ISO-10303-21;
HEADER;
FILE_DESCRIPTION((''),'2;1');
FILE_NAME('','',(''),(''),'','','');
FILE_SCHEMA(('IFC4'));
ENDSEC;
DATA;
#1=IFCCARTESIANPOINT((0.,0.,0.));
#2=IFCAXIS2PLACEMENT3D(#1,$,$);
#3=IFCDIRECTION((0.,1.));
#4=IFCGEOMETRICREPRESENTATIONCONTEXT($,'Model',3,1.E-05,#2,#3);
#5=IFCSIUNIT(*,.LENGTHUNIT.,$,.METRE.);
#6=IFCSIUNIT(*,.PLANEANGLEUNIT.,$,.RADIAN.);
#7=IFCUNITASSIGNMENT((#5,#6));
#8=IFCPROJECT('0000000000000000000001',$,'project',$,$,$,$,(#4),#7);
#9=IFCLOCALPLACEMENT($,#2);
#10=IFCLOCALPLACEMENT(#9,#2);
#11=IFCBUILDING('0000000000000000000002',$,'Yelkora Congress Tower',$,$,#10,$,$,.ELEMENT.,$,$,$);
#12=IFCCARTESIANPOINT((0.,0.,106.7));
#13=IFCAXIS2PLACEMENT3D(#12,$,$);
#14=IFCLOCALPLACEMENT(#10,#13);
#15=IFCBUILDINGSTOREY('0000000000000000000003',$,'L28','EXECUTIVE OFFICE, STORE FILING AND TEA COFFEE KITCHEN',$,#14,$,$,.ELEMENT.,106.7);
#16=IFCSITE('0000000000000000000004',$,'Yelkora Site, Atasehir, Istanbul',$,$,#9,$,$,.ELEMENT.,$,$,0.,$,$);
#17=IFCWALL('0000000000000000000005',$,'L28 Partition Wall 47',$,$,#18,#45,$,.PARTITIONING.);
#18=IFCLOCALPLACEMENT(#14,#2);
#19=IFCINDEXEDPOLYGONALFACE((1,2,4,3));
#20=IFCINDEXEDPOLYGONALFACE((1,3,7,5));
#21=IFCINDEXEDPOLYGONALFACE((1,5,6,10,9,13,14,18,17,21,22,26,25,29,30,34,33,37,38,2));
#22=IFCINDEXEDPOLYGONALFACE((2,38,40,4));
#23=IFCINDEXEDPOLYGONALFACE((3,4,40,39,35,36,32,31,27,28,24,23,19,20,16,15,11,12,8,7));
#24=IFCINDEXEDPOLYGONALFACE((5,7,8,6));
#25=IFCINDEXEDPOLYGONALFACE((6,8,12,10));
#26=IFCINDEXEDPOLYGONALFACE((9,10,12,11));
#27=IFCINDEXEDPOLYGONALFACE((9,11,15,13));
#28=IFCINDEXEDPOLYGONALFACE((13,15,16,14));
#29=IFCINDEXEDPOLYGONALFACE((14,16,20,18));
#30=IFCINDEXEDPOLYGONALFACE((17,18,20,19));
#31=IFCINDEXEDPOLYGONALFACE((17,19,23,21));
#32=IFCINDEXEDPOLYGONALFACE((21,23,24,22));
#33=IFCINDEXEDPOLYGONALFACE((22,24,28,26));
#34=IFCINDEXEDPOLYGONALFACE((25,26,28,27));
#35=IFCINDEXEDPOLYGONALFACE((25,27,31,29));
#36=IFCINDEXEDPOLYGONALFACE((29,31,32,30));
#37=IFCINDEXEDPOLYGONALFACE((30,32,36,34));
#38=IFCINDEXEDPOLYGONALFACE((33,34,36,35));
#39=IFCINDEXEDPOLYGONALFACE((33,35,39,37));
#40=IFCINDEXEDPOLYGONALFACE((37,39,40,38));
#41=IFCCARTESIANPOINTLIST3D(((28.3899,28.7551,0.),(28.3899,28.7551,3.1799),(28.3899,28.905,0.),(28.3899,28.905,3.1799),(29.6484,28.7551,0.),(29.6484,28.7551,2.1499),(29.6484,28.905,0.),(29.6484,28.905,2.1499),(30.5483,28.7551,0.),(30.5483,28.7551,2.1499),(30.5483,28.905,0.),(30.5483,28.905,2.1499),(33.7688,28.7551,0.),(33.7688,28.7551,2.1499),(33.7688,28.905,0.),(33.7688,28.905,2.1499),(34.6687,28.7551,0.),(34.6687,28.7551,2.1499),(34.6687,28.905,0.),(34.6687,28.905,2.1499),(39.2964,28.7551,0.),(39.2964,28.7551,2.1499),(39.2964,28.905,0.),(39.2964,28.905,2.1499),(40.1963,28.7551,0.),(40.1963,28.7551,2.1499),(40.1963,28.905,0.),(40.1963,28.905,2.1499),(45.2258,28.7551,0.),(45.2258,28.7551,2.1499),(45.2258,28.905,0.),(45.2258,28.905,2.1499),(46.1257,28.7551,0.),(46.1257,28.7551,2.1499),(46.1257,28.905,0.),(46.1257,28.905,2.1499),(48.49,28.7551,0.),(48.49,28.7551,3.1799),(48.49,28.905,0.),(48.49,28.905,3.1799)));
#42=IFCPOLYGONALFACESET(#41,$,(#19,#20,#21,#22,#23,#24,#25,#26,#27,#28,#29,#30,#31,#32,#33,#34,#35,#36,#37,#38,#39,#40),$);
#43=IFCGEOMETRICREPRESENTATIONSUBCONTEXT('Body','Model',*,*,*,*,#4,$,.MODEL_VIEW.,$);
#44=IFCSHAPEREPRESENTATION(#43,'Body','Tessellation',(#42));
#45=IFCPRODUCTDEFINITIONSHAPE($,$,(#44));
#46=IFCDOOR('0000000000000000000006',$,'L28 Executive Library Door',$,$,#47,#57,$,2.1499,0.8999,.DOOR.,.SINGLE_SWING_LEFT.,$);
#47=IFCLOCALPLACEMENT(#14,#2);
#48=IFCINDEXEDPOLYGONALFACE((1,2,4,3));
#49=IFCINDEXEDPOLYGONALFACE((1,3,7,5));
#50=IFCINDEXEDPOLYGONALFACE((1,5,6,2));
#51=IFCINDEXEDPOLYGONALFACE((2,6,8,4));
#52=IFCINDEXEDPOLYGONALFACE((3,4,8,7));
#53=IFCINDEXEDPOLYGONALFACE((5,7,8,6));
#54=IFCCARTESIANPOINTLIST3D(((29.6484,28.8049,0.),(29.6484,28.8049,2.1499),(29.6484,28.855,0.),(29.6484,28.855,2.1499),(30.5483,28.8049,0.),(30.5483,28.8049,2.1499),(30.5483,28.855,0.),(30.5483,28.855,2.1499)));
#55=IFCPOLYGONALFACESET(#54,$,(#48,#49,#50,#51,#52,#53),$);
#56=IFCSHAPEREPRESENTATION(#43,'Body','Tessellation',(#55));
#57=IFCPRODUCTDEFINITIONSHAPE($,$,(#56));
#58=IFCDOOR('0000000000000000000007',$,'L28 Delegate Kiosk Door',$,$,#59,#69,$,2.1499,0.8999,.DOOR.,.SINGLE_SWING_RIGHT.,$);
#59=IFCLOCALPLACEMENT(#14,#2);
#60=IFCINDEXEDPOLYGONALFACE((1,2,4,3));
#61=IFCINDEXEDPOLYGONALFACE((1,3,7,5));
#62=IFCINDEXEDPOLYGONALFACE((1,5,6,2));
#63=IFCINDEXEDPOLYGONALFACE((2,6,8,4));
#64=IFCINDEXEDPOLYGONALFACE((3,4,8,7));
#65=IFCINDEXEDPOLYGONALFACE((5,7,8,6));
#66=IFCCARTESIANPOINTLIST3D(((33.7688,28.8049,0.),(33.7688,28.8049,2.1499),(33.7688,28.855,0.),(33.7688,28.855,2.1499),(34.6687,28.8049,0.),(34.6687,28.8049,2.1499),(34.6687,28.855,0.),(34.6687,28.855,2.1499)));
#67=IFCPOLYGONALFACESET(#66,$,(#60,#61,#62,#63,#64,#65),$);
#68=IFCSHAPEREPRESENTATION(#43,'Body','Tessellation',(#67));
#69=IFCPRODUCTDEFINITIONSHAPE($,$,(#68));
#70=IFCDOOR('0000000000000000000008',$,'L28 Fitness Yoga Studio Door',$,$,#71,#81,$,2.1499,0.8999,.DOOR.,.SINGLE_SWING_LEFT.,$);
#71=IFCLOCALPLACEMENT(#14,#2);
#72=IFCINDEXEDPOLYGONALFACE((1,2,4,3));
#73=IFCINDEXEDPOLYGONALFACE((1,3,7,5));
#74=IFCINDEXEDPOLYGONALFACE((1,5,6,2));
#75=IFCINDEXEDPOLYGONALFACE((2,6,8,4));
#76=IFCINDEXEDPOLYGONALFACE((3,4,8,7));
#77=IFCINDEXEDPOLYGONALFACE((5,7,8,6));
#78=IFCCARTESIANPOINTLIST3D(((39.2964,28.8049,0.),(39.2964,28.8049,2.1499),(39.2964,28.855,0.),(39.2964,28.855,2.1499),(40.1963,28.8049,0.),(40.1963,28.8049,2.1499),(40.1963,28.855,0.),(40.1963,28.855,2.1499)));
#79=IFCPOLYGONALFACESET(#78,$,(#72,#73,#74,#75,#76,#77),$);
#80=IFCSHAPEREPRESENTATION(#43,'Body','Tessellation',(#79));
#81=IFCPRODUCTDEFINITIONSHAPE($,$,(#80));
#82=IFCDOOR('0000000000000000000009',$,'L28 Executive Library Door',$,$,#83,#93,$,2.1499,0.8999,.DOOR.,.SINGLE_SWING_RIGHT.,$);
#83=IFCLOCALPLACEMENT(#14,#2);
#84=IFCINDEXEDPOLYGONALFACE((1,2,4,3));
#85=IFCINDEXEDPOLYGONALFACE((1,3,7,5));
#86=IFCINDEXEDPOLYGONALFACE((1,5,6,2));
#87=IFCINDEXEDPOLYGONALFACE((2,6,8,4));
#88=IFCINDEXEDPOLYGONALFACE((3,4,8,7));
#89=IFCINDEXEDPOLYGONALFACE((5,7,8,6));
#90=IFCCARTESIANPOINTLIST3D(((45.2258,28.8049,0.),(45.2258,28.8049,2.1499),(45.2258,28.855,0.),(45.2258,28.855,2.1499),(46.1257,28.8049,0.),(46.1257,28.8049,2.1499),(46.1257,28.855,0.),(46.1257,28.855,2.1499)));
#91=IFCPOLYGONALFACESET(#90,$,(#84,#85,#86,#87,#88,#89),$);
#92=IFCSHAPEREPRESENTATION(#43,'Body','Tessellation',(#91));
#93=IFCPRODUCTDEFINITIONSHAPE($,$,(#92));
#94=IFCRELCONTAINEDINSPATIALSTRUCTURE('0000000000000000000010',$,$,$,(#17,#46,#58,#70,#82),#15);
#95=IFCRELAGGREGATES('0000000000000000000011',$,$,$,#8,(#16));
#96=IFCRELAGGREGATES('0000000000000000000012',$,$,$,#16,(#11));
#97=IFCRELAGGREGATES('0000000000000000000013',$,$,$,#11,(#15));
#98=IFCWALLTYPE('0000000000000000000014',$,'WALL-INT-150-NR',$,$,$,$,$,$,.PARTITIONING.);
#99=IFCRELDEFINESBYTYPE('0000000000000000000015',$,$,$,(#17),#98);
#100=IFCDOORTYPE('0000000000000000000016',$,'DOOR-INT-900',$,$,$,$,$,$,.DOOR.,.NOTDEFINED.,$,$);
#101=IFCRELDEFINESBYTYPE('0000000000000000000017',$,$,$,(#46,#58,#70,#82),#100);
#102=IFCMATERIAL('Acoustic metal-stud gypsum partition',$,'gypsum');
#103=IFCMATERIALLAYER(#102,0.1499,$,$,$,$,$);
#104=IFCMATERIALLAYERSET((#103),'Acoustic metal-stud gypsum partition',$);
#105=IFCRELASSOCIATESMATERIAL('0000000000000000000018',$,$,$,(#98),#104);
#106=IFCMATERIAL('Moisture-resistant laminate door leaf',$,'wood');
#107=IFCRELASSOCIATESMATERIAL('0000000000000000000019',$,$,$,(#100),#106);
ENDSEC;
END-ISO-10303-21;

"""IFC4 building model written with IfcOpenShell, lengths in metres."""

from ifc_helpers import new_model, si_unit, direction, frame, frame_2d, origin, place, context, subcontext, project, spatial, rectangle, extrude, material, layer, layer_set, type_object, element, fill, save


model = new_model("IFC4")

# Units and contexts
model_context = context("Model", 3, precision=1e-05, world=origin(), true_north=direction((0.0, 1.0)))
body_context = subcontext(model_context, "Body", "Model", "MODEL_VIEW")
ifc_project = project(units=[si_unit("LENGTHUNIT", "METRE"), si_unit("PLANEANGLEUNIT", "RADIAN")], contexts=[model_context])

# Site, building, storey
site_placement = place(None, origin())
site = spatial("IfcSite", under=ifc_project, at=site_placement, Name="Yelkora Site, Atasehir, Istanbul", CompositionType="ELEMENT", RefElevation=0.0)
building_placement = place(site_placement, origin())
building = spatial("IfcBuilding", under=site, at=building_placement, Name="Yelkora Congress Tower", CompositionType="ELEMENT")
storey_placement = place(building_placement, frame((0.0, 0.0, 106.7)))
storey = spatial("IfcBuildingStorey", under=building, at=storey_placement, Name="L28", Description="EXECUTIVE OFFICE, STORE FILING AND TEA COFFEE KITCHEN", CompositionType="ELEMENT", Elevation=106.7)

# Shared definitions
ifc_material_1 = material(Name="Acoustic metal-stud gypsum partition", Category="gypsum")
ifc_layer = layer(ifc_material_1, 0.1499)
ifc_layer_set = layer_set([ifc_layer], Name="Acoustic metal-stud gypsum partition")
wall_type = type_object("IfcWallType", Name="WALL-INT-150-NR", PredefinedType="PARTITIONING", material=ifc_layer_set)
ifc_material_2 = material(Name="Moisture-resistant laminate door leaf", Category="wood")
door_type = type_object("IfcDoorType", Name="DOOR-INT-900", OperationType="NOTDEFINED", PredefinedType="DOOR", material=ifc_material_2)

# Wall, openings, doors
wall_1_placement = place(storey_placement, frame((28.3899, 28.8301, 0.0), z_axis=(0.0, 0.0, 1.0), x_axis=(1.0, 0.0, 0.0)))
wall_1 = element("IfcWall", 1, at=wall_1_placement, inside=storey, type_object=wall_type, Name="L28 Partition Wall 47", PredefinedType="PARTITIONING", context=body_context, shape_type="SweptSolid", body=[
    extrude(rectangle(XDim=20.1001, YDim=0.1499, at=frame_2d((10.05, 0.0))), origin(), (0.0, 0.0, 1.0), 3.1799),
])
opening_1_placement = place(wall_1_placement, frame((1.2585, 0.0, 0.0)))
opening_1 = element("IfcOpeningElement", 2, at=opening_1_placement, cuts=wall_1, PredefinedType="OPENING", context=body_context, shape_type="SweptSolid", body=[
    extrude(rectangle(XDim=0.8999, YDim=2.1499, at=frame_2d((0.45, 1.075))), frame((0.0, 0.085, 0.0), z_axis=(0.0, -1.0, 0.0), x_axis=(1.0, 0.0, 0.0)), (0.0, 0.0, 1.0), 0.1699),
])
opening_2_placement = place(wall_1_placement, frame((5.3789, 0.0, 0.0)))
opening_2 = element("IfcOpeningElement", 3, at=opening_2_placement, cuts=wall_1, PredefinedType="OPENING", context=body_context, shape_type="SweptSolid", body=[
    extrude(rectangle(XDim=0.8999, YDim=2.1499, at=frame_2d((0.45, 1.075))), frame((0.0, 0.085, 0.0), z_axis=(0.0, -1.0, 0.0), x_axis=(1.0, 0.0, 0.0)), (0.0, 0.0, 1.0), 0.1699),
])
opening_3_placement = place(wall_1_placement, frame((10.9065, 0.0, 0.0)))
opening_3 = element("IfcOpeningElement", 4, at=opening_3_placement, cuts=wall_1, PredefinedType="OPENING", context=body_context, shape_type="SweptSolid", body=[
    extrude(rectangle(XDim=0.8999, YDim=2.1499, at=frame_2d((0.45, 1.075))), frame((0.0, 0.085, 0.0), z_axis=(0.0, -1.0, 0.0), x_axis=(1.0, 0.0, 0.0)), (0.0, 0.0, 1.0), 0.1699),
])
opening_4_placement = place(wall_1_placement, frame((16.8359, 0.0, 0.0)))
opening_4 = element("IfcOpeningElement", 5, at=opening_4_placement, cuts=wall_1, PredefinedType="OPENING", context=body_context, shape_type="SweptSolid", body=[
    extrude(rectangle(XDim=0.8999, YDim=2.1499, at=frame_2d((0.45, 1.075))), frame((0.0, 0.085, 0.0), z_axis=(0.0, -1.0, 0.0), x_axis=(1.0, 0.0, 0.0)), (0.0, 0.0, 1.0), 0.1699),
])
door_1_placement = place(opening_1_placement, origin())
door_1 = element("IfcDoor", 6, at=door_1_placement, inside=storey, type_object=door_type, Name="L28 Executive Library Door", OperationType="SINGLE_SWING_LEFT", OverallHeight=2.1499, OverallWidth=0.8999, PredefinedType="DOOR", context=body_context, shape_type="SweptSolid", body=[
    extrude(rectangle(XDim=0.8999, YDim=2.1499, at=frame_2d((0.45, 1.075))), frame((0.0, 0.0249, 0.0), z_axis=(0.0, -1.0, 0.0), x_axis=(1.0, 0.0, 0.0)), (0.0, 0.0, 1.0), 0.05),
])
fill(opening_1, door_1)
door_2_placement = place(opening_2_placement, origin())
door_2 = element("IfcDoor", 7, at=door_2_placement, inside=storey, type_object=door_type, Name="L28 Delegate Kiosk Door", OperationType="SINGLE_SWING_RIGHT", OverallHeight=2.1499, OverallWidth=0.8999, PredefinedType="DOOR", context=body_context, shape_type="SweptSolid", body=[
    extrude(rectangle(XDim=0.8999, YDim=2.1499, at=frame_2d((0.45, 1.075))), frame((0.0, 0.0249, 0.0), z_axis=(0.0, -1.0, 0.0), x_axis=(1.0, 0.0, 0.0)), (0.0, 0.0, 1.0), 0.05),
])
fill(opening_2, door_2)
door_3_placement = place(opening_3_placement, origin())
door_3 = element("IfcDoor", 8, at=door_3_placement, inside=storey, type_object=door_type, Name="L28 Fitness Yoga Studio Door", OperationType="SINGLE_SWING_LEFT", OverallHeight=2.1499, OverallWidth=0.8999, PredefinedType="DOOR", context=body_context, shape_type="SweptSolid", body=[
    extrude(rectangle(XDim=0.8999, YDim=2.1499, at=frame_2d((0.45, 1.075))), frame((0.0, 0.0249, 0.0), z_axis=(0.0, -1.0, 0.0), x_axis=(1.0, 0.0, 0.0)), (0.0, 0.0, 1.0), 0.05),
])
fill(opening_3, door_3)
door_4_placement = place(opening_4_placement, origin())
door_4 = element("IfcDoor", 9, at=door_4_placement, inside=storey, type_object=door_type, Name="L28 Executive Library Door", OperationType="SINGLE_SWING_RIGHT", OverallHeight=2.1499, OverallWidth=0.8999, PredefinedType="DOOR", context=body_context, shape_type="SweptSolid", body=[
    extrude(rectangle(XDim=0.8999, YDim=2.1499, at=frame_2d((0.45, 1.075))), frame((0.0, 0.0249, 0.0), z_axis=(0.0, -1.0, 0.0), x_axis=(1.0, 0.0, 0.0)), (0.0, 0.0, 1.0), 0.05),
])
fill(opening_4, door_4)

save(model, "model.ifc")
